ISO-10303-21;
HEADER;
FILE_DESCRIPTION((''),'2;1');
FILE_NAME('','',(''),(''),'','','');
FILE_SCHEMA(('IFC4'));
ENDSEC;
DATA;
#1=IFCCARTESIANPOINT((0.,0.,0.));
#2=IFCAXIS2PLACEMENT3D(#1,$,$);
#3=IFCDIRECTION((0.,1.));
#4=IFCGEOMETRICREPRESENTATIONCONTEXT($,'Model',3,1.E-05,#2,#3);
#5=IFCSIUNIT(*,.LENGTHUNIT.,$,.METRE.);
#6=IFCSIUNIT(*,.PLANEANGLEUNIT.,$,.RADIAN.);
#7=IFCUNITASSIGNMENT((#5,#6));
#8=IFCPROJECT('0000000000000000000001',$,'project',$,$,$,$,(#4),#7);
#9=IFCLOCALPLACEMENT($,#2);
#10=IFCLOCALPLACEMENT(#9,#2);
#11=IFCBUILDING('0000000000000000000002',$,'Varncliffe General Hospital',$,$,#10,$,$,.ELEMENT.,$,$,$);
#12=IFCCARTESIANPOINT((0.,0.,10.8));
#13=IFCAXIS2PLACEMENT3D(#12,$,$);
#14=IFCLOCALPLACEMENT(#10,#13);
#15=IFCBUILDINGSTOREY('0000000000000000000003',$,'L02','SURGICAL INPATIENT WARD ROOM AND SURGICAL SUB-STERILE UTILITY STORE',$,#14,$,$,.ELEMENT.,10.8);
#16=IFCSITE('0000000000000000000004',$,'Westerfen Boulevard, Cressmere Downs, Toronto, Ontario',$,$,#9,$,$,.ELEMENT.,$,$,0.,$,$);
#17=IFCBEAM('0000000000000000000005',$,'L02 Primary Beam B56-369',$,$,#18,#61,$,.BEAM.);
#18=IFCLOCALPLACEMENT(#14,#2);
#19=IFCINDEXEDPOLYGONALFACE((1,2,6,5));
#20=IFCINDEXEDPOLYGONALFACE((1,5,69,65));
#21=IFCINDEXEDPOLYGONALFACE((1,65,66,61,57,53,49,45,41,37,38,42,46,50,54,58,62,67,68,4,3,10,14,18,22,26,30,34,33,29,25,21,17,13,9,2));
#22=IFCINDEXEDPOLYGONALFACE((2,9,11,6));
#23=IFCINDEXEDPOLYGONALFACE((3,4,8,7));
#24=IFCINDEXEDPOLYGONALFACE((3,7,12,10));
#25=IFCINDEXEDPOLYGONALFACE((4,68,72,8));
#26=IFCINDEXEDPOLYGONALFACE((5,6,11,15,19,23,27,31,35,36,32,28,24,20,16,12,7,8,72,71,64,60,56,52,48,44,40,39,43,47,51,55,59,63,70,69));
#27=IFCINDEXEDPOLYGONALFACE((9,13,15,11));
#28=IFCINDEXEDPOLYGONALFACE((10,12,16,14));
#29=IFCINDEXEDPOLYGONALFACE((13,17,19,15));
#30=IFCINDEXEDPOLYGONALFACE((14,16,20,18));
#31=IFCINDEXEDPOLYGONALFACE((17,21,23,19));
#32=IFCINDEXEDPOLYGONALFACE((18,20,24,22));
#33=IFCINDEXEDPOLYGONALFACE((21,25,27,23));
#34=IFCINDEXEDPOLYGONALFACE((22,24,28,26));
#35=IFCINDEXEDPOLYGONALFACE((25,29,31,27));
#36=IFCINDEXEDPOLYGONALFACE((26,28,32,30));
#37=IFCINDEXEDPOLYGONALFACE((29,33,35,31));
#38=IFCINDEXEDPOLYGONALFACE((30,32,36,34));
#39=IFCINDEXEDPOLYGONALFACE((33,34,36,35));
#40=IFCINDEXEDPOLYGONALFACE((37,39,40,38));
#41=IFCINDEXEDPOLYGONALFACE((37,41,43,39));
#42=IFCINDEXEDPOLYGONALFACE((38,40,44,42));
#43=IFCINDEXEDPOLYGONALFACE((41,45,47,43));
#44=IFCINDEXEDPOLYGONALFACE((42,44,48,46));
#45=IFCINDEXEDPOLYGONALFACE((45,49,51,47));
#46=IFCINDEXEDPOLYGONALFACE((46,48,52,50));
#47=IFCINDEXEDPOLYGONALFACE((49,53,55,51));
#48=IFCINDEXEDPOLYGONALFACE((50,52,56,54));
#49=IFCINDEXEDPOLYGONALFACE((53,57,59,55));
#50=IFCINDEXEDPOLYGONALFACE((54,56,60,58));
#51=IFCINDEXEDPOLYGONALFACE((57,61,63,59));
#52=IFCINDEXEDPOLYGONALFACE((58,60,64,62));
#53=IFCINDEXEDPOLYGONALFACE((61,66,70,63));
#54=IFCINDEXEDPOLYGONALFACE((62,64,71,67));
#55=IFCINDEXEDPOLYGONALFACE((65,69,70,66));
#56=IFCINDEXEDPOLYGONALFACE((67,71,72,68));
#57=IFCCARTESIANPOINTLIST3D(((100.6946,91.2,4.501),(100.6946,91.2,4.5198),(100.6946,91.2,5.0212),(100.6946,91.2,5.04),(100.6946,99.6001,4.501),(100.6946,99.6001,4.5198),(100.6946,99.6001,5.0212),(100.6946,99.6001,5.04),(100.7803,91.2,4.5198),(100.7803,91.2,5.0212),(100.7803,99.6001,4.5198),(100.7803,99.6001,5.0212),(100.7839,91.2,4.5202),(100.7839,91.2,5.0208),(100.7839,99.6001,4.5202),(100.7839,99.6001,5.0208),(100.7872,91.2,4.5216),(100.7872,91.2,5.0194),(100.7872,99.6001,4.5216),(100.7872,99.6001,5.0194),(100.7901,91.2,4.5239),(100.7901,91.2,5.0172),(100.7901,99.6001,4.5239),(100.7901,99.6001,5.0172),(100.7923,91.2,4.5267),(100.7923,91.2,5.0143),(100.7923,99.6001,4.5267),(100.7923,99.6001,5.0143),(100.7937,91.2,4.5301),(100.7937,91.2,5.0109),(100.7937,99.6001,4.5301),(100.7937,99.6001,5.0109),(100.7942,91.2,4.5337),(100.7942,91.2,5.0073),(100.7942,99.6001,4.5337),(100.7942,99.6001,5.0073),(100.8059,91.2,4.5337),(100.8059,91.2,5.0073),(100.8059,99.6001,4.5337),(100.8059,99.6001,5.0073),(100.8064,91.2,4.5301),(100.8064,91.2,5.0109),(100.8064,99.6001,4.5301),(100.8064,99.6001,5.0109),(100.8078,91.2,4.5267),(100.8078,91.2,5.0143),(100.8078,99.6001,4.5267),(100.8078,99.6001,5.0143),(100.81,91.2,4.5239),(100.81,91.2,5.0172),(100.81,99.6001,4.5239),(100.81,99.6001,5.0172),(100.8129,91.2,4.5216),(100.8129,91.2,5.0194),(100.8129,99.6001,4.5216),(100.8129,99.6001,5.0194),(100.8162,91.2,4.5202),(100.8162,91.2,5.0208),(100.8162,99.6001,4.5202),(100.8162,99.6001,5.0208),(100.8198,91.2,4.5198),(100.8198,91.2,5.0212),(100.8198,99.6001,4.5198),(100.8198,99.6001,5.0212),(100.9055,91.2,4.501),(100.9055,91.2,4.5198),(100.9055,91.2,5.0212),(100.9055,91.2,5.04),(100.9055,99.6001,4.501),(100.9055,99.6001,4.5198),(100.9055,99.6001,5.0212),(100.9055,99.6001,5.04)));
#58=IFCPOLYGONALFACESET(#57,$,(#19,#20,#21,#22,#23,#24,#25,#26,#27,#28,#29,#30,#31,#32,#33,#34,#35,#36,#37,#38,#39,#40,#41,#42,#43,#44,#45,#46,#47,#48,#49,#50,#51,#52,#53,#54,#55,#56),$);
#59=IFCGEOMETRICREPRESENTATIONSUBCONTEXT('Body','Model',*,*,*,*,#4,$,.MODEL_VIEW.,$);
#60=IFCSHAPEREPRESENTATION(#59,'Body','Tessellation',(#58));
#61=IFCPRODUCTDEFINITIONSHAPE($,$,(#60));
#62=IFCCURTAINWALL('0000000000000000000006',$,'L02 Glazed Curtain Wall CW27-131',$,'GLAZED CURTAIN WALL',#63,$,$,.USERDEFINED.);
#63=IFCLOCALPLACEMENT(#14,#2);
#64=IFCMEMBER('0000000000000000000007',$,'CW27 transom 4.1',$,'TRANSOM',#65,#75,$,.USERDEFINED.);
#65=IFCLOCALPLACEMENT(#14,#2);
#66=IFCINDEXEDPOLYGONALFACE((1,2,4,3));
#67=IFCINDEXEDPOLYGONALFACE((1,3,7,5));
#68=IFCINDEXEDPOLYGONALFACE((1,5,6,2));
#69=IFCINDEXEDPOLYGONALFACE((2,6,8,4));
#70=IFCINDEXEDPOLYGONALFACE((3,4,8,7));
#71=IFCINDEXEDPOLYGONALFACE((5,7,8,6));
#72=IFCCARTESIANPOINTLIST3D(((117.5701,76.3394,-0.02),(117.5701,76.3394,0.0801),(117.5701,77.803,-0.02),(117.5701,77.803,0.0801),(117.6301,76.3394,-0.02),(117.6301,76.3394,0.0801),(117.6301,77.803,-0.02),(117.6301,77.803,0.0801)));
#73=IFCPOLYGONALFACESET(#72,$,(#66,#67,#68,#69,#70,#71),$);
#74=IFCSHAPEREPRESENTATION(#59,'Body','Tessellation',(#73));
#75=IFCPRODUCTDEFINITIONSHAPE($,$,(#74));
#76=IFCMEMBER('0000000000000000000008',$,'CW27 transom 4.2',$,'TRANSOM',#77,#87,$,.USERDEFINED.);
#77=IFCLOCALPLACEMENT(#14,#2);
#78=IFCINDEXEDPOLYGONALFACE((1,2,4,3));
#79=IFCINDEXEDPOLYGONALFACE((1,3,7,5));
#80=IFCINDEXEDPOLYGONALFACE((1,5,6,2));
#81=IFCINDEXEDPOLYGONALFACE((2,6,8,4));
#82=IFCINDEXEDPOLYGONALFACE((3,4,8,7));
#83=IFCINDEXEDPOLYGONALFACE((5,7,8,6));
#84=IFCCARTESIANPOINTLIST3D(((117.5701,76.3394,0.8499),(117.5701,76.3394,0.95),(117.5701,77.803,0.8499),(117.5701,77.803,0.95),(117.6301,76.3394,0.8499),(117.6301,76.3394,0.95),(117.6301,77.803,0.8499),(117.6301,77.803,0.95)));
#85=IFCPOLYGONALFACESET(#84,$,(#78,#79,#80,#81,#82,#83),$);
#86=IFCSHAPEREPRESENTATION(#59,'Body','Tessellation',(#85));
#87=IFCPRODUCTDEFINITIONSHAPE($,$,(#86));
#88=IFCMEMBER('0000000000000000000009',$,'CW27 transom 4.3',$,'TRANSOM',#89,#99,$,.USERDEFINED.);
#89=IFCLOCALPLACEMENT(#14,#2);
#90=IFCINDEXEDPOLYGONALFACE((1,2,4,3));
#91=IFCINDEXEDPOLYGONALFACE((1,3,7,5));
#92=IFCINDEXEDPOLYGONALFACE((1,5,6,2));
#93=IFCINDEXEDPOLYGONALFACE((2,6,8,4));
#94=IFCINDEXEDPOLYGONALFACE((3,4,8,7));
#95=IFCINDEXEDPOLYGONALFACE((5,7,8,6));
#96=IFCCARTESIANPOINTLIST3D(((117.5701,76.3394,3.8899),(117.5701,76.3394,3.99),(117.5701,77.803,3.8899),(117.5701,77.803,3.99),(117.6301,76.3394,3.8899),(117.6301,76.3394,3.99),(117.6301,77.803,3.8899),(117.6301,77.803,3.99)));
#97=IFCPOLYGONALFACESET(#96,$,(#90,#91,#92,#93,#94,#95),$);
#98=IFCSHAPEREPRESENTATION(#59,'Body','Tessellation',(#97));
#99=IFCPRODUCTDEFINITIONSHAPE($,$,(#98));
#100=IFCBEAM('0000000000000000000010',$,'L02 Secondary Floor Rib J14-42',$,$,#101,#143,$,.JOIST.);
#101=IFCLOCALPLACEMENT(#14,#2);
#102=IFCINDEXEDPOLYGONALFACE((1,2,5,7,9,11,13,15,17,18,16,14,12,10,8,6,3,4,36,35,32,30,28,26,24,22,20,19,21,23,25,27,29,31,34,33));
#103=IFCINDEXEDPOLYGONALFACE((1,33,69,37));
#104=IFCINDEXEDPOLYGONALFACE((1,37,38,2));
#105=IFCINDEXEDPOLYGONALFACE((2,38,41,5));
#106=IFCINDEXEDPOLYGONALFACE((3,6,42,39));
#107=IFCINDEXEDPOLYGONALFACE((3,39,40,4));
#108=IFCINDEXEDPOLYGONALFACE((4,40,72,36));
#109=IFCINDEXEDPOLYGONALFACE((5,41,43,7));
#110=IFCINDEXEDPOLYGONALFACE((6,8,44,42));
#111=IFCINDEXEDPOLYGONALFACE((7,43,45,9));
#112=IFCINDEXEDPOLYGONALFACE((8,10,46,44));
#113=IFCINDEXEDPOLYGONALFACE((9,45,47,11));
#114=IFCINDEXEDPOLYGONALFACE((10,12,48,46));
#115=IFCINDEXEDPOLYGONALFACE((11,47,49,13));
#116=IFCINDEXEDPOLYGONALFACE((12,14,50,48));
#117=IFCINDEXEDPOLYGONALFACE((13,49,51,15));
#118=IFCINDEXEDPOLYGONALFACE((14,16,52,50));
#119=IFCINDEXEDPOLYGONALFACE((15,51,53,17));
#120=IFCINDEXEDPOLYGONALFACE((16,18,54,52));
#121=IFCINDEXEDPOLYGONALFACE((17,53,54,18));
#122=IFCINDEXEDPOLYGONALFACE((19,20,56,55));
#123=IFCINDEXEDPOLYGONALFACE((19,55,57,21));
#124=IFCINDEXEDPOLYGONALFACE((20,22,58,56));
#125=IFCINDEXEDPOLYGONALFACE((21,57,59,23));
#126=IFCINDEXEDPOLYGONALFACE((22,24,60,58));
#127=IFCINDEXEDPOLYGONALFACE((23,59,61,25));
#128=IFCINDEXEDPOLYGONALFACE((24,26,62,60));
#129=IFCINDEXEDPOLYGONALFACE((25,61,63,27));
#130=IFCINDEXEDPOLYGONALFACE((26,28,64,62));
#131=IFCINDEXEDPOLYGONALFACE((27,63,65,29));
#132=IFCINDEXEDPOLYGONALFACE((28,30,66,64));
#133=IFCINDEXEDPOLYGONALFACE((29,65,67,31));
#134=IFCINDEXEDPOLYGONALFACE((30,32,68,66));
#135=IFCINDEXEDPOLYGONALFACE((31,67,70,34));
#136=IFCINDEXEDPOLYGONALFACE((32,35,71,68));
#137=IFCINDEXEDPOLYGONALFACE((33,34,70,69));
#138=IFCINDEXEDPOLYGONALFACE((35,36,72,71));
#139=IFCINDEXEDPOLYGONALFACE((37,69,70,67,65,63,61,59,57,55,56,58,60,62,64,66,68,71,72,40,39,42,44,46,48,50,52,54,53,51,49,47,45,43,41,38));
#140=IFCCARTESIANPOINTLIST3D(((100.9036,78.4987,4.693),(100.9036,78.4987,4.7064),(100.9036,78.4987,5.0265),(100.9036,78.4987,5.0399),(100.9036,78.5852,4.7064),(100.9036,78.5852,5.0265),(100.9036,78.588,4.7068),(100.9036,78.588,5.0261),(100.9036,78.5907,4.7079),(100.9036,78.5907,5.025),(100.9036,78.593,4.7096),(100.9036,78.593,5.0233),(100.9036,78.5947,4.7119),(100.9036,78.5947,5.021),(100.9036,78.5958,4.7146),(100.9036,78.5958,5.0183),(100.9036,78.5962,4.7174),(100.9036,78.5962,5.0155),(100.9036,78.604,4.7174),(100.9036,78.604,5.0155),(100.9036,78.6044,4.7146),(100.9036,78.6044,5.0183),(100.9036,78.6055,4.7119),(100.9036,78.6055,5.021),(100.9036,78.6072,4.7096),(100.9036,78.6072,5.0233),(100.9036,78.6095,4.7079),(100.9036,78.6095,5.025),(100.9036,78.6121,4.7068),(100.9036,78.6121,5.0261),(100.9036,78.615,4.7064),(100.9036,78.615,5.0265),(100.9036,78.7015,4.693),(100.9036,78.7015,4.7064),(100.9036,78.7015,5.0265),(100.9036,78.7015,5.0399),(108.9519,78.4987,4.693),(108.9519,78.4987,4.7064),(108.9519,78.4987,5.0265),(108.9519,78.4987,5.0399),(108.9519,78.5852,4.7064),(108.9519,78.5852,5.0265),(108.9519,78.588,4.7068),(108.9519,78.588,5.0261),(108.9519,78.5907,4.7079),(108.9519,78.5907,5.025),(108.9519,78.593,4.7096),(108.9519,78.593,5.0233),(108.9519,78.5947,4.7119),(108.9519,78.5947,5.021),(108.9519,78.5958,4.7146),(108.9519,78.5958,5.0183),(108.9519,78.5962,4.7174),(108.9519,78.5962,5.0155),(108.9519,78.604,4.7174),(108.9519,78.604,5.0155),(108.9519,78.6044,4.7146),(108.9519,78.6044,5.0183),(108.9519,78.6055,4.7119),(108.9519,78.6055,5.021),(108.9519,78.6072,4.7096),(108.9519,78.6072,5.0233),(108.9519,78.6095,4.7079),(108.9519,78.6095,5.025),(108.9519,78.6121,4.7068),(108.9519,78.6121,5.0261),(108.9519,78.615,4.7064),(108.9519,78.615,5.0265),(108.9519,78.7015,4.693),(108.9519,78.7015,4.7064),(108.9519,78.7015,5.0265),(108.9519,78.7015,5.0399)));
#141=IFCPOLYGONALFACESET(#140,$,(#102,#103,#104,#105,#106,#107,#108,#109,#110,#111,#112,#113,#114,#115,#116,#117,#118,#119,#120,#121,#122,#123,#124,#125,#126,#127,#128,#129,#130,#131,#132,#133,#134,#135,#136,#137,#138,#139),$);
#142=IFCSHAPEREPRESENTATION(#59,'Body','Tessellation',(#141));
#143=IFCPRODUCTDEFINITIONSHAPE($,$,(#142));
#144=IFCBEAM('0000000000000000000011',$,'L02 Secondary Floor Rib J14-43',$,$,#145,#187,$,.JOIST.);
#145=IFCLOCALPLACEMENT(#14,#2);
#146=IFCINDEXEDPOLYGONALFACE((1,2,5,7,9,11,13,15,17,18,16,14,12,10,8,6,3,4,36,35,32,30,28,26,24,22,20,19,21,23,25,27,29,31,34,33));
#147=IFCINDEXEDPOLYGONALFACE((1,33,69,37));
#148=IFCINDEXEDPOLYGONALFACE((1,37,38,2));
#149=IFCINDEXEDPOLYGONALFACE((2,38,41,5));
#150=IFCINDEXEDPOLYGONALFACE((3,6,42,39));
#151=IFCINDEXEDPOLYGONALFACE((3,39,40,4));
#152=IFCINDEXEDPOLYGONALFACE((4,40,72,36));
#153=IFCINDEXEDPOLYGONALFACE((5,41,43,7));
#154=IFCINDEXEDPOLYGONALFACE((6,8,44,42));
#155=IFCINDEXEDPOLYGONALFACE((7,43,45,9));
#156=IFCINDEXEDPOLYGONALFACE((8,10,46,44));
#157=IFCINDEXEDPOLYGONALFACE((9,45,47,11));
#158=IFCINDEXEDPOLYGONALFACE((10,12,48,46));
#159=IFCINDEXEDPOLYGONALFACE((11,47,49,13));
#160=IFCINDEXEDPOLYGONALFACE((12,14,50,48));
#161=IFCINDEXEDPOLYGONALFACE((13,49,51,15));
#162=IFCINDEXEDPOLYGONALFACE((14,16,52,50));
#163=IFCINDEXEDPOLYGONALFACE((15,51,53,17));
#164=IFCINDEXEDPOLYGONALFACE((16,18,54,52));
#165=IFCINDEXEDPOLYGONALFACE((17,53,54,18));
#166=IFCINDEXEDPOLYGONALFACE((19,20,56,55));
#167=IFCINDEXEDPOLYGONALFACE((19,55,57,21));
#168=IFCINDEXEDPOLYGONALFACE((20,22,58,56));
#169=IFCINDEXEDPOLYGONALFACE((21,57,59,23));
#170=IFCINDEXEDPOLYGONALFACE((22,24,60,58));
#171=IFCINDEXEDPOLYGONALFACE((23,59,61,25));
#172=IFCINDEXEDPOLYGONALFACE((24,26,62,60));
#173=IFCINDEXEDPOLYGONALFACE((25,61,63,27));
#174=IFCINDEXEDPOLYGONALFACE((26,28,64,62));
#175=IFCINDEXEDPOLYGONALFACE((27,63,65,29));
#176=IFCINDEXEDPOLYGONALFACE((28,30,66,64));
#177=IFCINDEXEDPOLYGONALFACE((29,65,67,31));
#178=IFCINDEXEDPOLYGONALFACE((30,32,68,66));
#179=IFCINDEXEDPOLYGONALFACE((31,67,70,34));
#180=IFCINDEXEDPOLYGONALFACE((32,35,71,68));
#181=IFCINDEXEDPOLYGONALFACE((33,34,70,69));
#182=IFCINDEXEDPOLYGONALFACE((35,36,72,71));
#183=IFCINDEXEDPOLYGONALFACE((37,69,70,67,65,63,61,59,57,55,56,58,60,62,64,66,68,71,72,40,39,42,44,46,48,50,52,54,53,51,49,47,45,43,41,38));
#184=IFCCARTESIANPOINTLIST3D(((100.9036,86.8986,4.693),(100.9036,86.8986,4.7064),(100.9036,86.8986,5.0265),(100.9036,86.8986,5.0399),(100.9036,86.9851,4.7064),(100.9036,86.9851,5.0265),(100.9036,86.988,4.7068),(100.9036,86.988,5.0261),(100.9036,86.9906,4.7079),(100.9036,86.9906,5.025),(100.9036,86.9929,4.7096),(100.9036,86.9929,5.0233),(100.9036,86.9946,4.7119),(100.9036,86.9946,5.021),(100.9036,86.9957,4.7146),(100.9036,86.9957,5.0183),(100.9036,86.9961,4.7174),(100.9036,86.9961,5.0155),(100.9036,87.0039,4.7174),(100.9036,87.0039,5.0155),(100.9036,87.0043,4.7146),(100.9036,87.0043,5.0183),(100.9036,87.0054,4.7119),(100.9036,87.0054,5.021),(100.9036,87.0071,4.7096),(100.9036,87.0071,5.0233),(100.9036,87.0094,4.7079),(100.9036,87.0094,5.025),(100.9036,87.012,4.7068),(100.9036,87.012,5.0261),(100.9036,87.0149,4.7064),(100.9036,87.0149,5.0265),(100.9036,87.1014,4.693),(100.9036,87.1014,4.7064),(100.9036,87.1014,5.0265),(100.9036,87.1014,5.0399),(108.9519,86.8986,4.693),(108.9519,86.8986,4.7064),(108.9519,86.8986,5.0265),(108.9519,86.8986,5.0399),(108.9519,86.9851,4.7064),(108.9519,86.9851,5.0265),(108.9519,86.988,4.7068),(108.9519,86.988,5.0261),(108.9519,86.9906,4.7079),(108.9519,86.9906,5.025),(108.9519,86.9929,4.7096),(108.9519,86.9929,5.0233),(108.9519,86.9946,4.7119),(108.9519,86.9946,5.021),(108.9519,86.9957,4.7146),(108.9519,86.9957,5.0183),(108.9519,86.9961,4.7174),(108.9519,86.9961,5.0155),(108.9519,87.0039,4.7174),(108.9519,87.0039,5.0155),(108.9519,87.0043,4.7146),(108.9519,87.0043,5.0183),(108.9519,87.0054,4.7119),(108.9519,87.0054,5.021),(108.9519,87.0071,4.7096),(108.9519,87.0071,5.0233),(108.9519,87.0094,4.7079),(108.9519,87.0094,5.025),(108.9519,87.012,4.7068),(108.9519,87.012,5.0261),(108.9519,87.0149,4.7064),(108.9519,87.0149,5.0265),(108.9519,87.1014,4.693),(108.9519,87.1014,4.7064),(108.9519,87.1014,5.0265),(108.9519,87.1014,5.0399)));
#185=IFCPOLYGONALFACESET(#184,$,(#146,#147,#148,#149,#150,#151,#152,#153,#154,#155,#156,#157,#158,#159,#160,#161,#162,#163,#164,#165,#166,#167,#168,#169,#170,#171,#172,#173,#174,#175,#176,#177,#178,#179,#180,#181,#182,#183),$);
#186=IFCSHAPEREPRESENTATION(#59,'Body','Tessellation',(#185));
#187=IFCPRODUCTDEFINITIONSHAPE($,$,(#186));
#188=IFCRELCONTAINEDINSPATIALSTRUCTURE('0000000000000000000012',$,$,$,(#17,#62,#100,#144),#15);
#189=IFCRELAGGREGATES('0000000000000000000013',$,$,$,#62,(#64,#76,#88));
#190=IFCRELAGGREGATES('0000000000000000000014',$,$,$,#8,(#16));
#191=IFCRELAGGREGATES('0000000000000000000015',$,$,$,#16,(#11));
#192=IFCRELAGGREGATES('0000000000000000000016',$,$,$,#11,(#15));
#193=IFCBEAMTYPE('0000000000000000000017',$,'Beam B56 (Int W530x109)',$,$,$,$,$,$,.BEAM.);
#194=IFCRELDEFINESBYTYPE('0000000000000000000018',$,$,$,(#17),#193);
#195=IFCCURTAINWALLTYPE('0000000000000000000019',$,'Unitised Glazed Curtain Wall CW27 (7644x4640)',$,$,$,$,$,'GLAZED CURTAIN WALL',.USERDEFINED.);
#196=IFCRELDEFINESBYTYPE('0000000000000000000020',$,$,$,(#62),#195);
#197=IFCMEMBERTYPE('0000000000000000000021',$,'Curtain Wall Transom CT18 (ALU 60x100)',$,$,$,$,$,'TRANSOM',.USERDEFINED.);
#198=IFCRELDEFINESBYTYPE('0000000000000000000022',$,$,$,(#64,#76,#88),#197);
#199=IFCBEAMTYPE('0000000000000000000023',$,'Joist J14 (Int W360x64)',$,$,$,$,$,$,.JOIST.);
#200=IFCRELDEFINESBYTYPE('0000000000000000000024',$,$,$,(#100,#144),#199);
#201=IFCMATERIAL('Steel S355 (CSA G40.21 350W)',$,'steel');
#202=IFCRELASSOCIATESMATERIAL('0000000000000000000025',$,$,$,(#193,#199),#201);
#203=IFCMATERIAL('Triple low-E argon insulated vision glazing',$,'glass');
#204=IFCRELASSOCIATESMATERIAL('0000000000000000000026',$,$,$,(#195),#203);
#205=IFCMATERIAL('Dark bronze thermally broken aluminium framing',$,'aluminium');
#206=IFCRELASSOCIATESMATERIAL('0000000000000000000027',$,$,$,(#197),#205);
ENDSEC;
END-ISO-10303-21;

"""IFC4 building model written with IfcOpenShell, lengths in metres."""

from ifc_helpers import new_model, si_unit, direction, frame, origin, origin_2d, place, context, subcontext, project, spatial, rectangle, i_section, extrude, material, material_profile, profile_set, type_object, element, aggregate, save


model = new_model("IFC4")

# Units and contexts
model_context = context("Model", 3, precision=1e-05, world=origin(), true_north=direction((0.0, 1.0)))
body_context = subcontext(model_context, "Body", "Model", "MODEL_VIEW")
ifc_project = project(units=[si_unit("LENGTHUNIT", "METRE"), si_unit("PLANEANGLEUNIT", "RADIAN")], contexts=[model_context])

# Site, building, storey
site_placement = place(None, origin())
site = spatial("IfcSite", under=ifc_project, at=site_placement, Name="Westerfen Boulevard, Cressmere Downs, Toronto, Ontario", CompositionType="ELEMENT", RefElevation=0.0)
building_placement = place(site_placement, origin())
building = spatial("IfcBuilding", under=site, at=building_placement, Name="Varncliffe General Hospital", CompositionType="ELEMENT")
storey_placement = place(building_placement, frame((0.0, 0.0, 10.8)))
storey = spatial("IfcBuildingStorey", under=building, at=storey_placement, Name="L02", Description="SURGICAL INPATIENT WARD ROOM AND SURGICAL SUB-STERILE UTILITY STORE", CompositionType="ELEMENT", Elevation=10.8)

# Beam
ifc_material_1 = material(Name="Steel S355 (CSA G40.21 350W)", Category="steel")
ifc_material_profile_1 = material_profile(ifc_material_1, i_section(OverallWidth=0.2109, OverallDepth=0.5391, WebThickness=0.0117, FlangeThickness=0.0188, FilletRadius=0.0139, at=origin_2d()), Name="W530x109")
ifc_profile_set_1 = profile_set([ifc_material_profile_1], Name="Steel S355 (CSA G40.21 350W)")
beam_type_1 = type_object("IfcBeamType", Name="Beam B56 (Int W530x109)", PredefinedType="BEAM", material=ifc_profile_set_1)
beam_1_placement = place(storey_placement, frame((100.8, 91.2, 4.7705), z_axis=(0.0, 1.0, 0.0), x_axis=(-1.0, 0.0, 0.0)))
element("IfcBeam", 1, at=beam_1_placement, inside=storey, type_object=beam_type_1, Name="L02 Primary Beam B56-369", PredefinedType="BEAM", context=body_context, shape_type="SweptSolid", body=[
    extrude(i_section(OverallWidth=0.2109, OverallDepth=0.5391, WebThickness=0.0117, FlangeThickness=0.0188, FilletRadius=0.0139, at=origin_2d()), origin(), (0.0, 0.0, 1.0), 8.4001),
])

# Curtain wall, members
ifc_material_2 = material(Name="Triple low-E argon insulated vision glazing", Category="glass")
curtain_wall_type = type_object("IfcCurtainWallType", Name="Unitised Glazed Curtain Wall CW27 (7644x4640)", ElementType="GLAZED CURTAIN WALL", PredefinedType="USERDEFINED", material=ifc_material_2)
curtain_wall_placement = place(storey_placement, origin())
curtain_wall = element("IfcCurtainWall", 2, at=curtain_wall_placement, inside=storey, type_object=curtain_wall_type, Name="L02 Glazed Curtain Wall CW27-131", ObjectType="GLAZED CURTAIN WALL", PredefinedType="USERDEFINED")
ifc_material_3 = material(Name="Dark bronze thermally broken aluminium framing", Category="aluminium")
ifc_material_profile_2 = material_profile(ifc_material_3, rectangle(XDim=0.0601, YDim=0.1001, at=origin_2d()), Name="ALU 60x100")
ifc_profile_set_2 = profile_set([ifc_material_profile_2], Name="Dark bronze thermally broken aluminium framing")
member_type = type_object("IfcMemberType", Name="Curtain Wall Transom CT18 (ALU 60x100)", ElementType="TRANSOM", PredefinedType="USERDEFINED", material=ifc_profile_set_2)
member_1_placement = place(storey_placement, frame((117.6001, 77.803, 0.03), z_axis=(0.0, -1.0, 0.0), x_axis=(1.0, 0.0, 0.0)))
member_1 = element("IfcMember", 3, at=member_1_placement, type_object=member_type, Name="CW27 transom 4.1", ObjectType="TRANSOM", PredefinedType="USERDEFINED", context=body_context, shape_type="SweptSolid", body=[
    extrude(rectangle(XDim=0.0601, YDim=0.1001, at=origin_2d()), origin(), (0.0, 0.0, 1.0), 1.4636),
])
member_2_placement = place(storey_placement, frame((117.6001, 77.803, 0.8999), z_axis=(0.0, -1.0, 0.0), x_axis=(1.0, 0.0, 0.0)))
member_2 = element("IfcMember", 4, at=member_2_placement, type_object=member_type, Name="CW27 transom 4.2", ObjectType="TRANSOM", PredefinedType="USERDEFINED", context=body_context, shape_type="SweptSolid", body=[
    extrude(rectangle(XDim=0.0601, YDim=0.1001, at=origin_2d()), origin(), (0.0, 0.0, 1.0), 1.4636),
])
member_3_placement = place(storey_placement, frame((117.6001, 77.803, 3.9399), z_axis=(0.0, -1.0, 0.0), x_axis=(1.0, 0.0, 0.0)))
member_3 = element("IfcMember", 5, at=member_3_placement, type_object=member_type, Name="CW27 transom 4.3", ObjectType="TRANSOM", PredefinedType="USERDEFINED", context=body_context, shape_type="SweptSolid", body=[
    extrude(rectangle(XDim=0.0601, YDim=0.1001, at=origin_2d()), origin(), (0.0, 0.0, 1.0), 1.4636),
])

# Beams
ifc_material_profile_3 = material_profile(ifc_material_1, i_section(OverallWidth=0.2029, OverallDepth=0.3469, WebThickness=0.0078, FlangeThickness=0.0134, FilletRadius=0.011, at=origin_2d()), Name="W360x64")
ifc_profile_set_3 = profile_set([ifc_material_profile_3], Name="Steel S355 (CSA G40.21 350W)")
beam_type_2 = type_object("IfcBeamType", Name="Joist J14 (Int W360x64)", PredefinedType="JOIST", material=ifc_profile_set_3)
for number, where, z_axis, x_axis, name in (
    (6, (100.9036, 78.6001, 4.8665), (1.0, 0.0, 0.0), (0.0, 1.0, 0.0), "L02 Secondary Floor Rib J14-42"),
    (7, (100.9036, 87.0, 4.8665), (1.0, 0.0, 0.0), (0.0, 1.0, 0.0), "L02 Secondary Floor Rib J14-43"),
):
    element("IfcBeam", number, at=place(storey_placement, frame(where, z_axis=z_axis, x_axis=x_axis)), inside=storey, type_object=beam_type_2, Name=name, PredefinedType="JOIST", context=body_context, shape_type="SweptSolid", body=[
        extrude(i_section(OverallWidth=0.2029, OverallDepth=0.3469, WebThickness=0.0078, FlangeThickness=0.0134, FilletRadius=0.011, at=origin_2d()), origin(), (0.0, 0.0, 1.0), 8.0483),
    ])

aggregate(curtain_wall, [member_1, member_2, member_3])

save(model, "model.ifc")
